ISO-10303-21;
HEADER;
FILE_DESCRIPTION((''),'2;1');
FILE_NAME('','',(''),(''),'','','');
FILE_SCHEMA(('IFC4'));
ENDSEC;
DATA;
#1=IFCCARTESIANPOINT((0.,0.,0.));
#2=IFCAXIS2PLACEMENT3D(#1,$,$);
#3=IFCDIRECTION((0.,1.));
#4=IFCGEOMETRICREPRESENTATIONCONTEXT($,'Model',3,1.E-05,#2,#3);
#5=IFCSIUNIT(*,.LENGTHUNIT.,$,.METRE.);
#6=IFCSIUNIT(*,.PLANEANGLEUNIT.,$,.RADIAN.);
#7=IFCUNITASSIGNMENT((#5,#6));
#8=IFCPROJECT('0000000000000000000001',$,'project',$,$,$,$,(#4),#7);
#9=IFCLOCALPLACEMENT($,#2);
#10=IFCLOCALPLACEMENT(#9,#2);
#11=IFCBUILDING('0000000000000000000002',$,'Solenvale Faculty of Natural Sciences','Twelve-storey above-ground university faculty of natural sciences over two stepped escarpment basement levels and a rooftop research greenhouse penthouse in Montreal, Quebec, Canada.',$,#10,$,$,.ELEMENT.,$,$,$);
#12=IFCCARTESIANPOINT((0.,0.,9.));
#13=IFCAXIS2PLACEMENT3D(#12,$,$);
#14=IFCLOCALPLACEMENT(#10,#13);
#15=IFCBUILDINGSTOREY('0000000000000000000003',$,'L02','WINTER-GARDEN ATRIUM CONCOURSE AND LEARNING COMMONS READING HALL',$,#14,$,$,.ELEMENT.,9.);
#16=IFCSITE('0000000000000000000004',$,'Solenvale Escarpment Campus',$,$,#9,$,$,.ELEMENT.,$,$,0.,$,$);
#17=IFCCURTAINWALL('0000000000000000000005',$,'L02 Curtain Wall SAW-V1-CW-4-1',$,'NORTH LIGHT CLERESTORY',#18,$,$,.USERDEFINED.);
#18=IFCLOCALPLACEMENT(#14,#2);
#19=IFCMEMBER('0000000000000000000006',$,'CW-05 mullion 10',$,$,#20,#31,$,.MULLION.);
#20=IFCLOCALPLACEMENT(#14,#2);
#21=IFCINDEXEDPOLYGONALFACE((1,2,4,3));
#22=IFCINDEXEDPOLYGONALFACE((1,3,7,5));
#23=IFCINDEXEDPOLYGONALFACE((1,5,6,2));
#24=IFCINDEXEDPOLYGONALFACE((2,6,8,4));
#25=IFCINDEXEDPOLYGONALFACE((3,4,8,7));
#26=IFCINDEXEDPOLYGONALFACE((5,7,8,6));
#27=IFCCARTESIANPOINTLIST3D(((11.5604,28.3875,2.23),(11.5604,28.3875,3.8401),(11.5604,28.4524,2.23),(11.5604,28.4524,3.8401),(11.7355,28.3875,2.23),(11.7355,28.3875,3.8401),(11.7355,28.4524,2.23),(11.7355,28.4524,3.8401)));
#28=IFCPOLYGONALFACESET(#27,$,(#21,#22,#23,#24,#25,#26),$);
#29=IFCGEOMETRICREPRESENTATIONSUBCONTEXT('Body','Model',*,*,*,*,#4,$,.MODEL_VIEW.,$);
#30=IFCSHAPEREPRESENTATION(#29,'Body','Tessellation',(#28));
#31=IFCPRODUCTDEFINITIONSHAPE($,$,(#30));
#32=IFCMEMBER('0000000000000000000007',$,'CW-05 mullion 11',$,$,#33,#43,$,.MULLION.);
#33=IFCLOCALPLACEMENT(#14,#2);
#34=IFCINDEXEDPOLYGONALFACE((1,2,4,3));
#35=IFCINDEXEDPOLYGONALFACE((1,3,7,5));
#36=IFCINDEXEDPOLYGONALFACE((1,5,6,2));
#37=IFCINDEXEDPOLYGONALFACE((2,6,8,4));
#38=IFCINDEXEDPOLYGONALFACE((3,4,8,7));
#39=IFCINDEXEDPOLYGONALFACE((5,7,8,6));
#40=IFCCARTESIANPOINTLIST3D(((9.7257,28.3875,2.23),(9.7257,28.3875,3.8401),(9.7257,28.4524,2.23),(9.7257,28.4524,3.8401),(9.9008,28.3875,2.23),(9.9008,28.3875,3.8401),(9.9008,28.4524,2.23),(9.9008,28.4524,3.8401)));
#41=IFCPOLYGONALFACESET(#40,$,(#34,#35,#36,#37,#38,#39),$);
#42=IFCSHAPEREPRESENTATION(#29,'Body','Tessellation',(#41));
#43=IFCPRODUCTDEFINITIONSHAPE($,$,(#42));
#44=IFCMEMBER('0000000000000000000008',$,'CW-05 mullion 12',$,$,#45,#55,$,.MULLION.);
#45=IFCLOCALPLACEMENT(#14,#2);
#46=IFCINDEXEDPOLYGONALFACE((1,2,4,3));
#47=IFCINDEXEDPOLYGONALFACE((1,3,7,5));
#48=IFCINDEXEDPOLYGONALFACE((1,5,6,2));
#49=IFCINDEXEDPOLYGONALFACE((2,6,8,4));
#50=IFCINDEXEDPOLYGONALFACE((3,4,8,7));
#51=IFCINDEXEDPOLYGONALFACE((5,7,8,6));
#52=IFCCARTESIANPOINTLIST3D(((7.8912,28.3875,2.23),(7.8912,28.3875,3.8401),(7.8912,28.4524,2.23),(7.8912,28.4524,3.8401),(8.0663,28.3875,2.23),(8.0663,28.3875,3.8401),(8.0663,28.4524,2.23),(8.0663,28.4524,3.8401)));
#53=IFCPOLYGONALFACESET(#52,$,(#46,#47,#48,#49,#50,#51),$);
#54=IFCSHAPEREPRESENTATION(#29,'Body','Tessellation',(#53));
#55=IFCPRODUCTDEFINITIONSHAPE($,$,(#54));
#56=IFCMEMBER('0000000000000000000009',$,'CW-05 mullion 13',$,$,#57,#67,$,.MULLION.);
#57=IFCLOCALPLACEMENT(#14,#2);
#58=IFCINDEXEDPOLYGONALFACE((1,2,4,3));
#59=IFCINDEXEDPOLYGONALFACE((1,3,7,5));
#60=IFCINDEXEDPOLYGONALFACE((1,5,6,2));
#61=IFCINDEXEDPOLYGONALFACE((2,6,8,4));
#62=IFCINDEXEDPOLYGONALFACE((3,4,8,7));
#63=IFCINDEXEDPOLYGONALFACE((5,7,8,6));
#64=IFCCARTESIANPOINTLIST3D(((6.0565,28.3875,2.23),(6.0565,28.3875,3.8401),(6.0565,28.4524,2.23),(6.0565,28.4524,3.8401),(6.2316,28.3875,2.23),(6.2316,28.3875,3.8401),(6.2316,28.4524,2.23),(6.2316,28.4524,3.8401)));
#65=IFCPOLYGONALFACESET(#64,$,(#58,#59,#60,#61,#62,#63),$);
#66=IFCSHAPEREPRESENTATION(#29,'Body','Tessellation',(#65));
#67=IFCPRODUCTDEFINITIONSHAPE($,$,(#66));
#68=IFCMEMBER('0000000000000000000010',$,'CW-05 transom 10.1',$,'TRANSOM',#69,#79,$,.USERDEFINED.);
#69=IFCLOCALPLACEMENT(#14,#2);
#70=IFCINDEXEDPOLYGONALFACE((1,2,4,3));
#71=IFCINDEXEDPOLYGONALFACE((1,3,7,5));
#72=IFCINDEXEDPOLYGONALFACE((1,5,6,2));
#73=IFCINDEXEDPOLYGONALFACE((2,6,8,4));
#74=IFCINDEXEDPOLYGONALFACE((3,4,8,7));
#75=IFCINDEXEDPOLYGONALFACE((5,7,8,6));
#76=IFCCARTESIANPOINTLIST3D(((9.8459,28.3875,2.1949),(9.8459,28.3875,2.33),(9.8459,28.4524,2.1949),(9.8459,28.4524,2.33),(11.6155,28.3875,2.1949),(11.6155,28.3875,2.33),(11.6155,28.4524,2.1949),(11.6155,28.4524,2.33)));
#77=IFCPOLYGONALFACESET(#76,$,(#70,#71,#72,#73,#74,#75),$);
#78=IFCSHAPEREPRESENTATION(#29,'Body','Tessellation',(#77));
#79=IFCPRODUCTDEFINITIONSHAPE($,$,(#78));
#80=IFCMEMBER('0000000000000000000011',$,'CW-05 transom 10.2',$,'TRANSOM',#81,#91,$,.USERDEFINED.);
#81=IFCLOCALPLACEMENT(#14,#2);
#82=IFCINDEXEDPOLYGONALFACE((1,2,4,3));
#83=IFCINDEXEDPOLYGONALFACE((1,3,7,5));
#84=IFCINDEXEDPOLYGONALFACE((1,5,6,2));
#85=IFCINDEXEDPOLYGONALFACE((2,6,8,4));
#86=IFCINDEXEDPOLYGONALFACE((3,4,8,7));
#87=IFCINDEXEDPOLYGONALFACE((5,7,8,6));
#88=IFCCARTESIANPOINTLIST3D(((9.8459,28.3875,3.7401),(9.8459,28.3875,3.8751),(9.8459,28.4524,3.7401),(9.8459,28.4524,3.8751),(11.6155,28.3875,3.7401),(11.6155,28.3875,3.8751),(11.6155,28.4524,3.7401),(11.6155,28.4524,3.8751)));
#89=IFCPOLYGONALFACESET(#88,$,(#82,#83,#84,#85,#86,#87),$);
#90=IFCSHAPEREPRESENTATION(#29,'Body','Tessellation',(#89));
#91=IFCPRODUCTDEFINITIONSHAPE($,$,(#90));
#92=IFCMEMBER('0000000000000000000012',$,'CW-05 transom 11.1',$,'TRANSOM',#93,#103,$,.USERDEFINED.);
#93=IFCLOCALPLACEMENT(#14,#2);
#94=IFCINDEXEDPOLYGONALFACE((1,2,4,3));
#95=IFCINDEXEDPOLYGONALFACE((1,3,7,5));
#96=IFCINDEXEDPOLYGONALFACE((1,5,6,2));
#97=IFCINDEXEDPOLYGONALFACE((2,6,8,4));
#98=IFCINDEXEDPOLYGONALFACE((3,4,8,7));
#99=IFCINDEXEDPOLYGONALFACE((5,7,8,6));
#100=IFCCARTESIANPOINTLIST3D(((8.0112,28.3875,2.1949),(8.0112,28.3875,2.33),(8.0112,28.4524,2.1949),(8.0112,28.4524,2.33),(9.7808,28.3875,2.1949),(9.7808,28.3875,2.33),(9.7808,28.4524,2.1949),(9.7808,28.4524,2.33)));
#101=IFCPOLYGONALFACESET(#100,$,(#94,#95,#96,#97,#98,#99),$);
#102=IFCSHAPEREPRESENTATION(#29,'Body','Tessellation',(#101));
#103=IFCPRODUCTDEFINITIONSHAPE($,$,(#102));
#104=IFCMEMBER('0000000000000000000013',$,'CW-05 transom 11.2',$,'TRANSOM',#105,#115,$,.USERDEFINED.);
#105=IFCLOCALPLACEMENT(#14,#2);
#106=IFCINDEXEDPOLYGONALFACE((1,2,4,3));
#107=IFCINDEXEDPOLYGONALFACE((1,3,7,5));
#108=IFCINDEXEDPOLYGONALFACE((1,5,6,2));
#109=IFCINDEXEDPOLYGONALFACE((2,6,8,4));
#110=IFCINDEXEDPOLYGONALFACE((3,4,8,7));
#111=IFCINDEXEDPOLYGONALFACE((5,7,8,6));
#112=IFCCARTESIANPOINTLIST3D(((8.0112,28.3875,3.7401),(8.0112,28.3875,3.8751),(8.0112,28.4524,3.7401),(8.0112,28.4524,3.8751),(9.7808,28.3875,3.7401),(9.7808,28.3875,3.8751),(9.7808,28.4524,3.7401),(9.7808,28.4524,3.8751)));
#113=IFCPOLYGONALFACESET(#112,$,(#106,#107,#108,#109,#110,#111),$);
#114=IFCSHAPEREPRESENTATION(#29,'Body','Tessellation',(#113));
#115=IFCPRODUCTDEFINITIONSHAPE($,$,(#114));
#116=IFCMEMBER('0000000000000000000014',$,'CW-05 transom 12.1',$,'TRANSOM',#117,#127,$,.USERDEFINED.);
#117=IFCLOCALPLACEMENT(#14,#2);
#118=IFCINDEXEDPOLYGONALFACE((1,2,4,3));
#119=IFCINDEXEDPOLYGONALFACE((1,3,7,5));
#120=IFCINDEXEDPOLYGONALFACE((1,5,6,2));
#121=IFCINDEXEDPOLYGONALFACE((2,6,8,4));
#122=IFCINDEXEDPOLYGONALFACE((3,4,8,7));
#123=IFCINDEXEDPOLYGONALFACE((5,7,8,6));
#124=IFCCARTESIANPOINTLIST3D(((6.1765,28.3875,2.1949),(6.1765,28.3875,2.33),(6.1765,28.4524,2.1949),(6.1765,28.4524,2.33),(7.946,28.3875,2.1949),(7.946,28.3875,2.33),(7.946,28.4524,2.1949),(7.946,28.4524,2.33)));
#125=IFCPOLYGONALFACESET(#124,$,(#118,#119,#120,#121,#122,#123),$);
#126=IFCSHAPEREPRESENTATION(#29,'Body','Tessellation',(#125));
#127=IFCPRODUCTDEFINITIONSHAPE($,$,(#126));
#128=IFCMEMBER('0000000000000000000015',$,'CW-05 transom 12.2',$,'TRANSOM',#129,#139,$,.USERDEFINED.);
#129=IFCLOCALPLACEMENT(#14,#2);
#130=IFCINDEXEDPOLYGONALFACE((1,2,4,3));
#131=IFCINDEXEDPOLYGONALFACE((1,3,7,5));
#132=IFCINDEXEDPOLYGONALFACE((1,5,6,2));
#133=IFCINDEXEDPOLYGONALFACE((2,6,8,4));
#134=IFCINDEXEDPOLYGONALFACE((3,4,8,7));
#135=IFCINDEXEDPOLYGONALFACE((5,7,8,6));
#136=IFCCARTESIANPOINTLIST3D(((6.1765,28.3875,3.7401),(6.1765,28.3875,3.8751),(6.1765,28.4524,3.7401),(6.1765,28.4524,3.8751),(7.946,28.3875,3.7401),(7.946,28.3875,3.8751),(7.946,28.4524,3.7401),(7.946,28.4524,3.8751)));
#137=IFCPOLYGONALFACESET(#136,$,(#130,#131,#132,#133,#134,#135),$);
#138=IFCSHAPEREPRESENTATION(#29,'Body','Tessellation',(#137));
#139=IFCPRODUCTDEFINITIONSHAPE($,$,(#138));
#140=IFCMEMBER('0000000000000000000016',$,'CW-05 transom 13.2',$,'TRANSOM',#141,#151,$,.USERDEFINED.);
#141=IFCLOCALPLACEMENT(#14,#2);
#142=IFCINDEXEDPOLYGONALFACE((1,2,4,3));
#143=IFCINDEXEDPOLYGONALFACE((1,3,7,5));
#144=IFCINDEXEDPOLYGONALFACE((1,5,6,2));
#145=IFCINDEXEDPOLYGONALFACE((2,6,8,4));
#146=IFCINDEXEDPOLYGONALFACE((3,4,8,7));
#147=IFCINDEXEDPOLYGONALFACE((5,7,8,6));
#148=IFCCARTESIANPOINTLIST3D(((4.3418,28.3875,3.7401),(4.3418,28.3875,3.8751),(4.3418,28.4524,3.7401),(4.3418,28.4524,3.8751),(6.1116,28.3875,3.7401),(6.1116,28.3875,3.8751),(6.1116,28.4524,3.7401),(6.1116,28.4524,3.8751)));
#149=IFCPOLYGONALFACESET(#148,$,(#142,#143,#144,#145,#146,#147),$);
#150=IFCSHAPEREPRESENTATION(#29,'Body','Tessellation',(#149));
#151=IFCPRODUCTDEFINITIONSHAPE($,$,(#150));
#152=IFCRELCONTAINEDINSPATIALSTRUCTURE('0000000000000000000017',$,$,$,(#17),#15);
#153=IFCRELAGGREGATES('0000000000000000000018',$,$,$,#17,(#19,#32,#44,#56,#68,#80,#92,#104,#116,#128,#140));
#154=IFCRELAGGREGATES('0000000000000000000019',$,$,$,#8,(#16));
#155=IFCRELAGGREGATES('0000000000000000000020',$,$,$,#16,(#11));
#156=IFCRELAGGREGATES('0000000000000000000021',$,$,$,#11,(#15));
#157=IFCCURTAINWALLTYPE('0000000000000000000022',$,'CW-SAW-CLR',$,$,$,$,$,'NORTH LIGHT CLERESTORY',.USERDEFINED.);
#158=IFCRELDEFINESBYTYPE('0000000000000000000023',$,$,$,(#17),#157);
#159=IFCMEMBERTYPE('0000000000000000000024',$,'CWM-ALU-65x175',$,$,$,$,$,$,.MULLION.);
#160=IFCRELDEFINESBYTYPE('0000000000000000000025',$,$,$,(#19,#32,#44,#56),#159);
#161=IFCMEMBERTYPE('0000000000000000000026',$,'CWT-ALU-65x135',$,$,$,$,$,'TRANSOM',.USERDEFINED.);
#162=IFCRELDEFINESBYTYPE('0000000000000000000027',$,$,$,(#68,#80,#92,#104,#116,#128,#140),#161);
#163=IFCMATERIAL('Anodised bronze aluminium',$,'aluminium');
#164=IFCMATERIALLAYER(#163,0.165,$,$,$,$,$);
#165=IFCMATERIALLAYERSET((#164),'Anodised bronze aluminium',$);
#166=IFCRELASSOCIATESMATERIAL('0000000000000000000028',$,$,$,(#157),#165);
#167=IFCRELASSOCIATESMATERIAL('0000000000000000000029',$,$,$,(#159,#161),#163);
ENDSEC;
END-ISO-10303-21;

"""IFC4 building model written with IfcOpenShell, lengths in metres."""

from ifc_helpers import new_model, si_unit, direction, frame, origin, origin_2d, place, context, subcontext, project, spatial, rectangle, extrude, material, layer, layer_set, material_profile, profile_set, type_object, element, aggregate, save


model = new_model("IFC4")

# Units and contexts
model_context = context("Model", 3, precision=1e-05, world=origin(), true_north=direction((0.0, 1.0)))
body_context = subcontext(model_context, "Body", "Model", "MODEL_VIEW")
ifc_project = project(units=[si_unit("LENGTHUNIT", "METRE"), si_unit("PLANEANGLEUNIT", "RADIAN")], contexts=[model_context])

# Site, building, storey
site_placement = place(None, origin())
site = spatial("IfcSite", under=ifc_project, at=site_placement, Name="Solenvale Escarpment Campus", CompositionType="ELEMENT", RefElevation=0.0)
building_placement = place(site_placement, origin())
building = spatial("IfcBuilding", under=site, at=building_placement, Name="Solenvale Faculty of Natural Sciences", Description="Twelve-storey above-ground university faculty of natural sciences over two stepped escarpment basement levels and a rooftop research greenhouse penthouse in Montreal, Quebec, Canada.", CompositionType="ELEMENT")
storey_placement = place(building_placement, frame((0.0, 0.0, 9.0)))
storey = spatial("IfcBuildingStorey", under=building, at=storey_placement, Name="L02", Description="WINTER-GARDEN ATRIUM CONCOURSE AND LEARNING COMMONS READING HALL", CompositionType="ELEMENT", Elevation=9.0)

# Curtain wall, members
ifc_material_1 = material(Name="Anodised bronze aluminium", Category="aluminium")
ifc_layer_1 = layer(ifc_material_1, 0.165)
ifc_layer_set_1 = layer_set([ifc_layer_1], Name="Anodised bronze aluminium")
curtain_wall_type = type_object("IfcCurtainWallType", Name="CW-SAW-CLR", ElementType="NORTH LIGHT CLERESTORY", PredefinedType="USERDEFINED", material=ifc_layer_set_1)
curtain_wall_placement = place(storey_placement, origin())
curtain_wall = element("IfcCurtainWall", 1, at=curtain_wall_placement, inside=storey, type_object=curtain_wall_type, Name="L02 Curtain Wall SAW-V1-CW-4-1", ObjectType="NORTH LIGHT CLERESTORY", PredefinedType="USERDEFINED")
ifc_material_profile_1 = material_profile(ifc_material_1, rectangle(XDim=0.0649, YDim=0.175, at=origin_2d()), Name="ALU-MUL-65x175")
ifc_profile_set_1 = profile_set([ifc_material_profile_1], Name="Anodised bronze aluminium")
member_type_1 = type_object("IfcMemberType", Name="CWM-ALU-65x175", PredefinedType="MULLION", material=ifc_profile_set_1)
member_1_placement = place(storey_placement, frame((11.6479, 28.4199, 2.23), z_axis=(0.0, 0.0, 1.0), x_axis=(0.0, -1.0, 0.0)))
member_1 = element("IfcMember", 2, at=member_1_placement, type_object=member_type_1, Name="CW-05 mullion 10", PredefinedType="MULLION", context=body_context, shape_type="SweptSolid", body=[
    extrude(rectangle(XDim=0.0649, YDim=0.175, at=origin_2d()), origin(), (0.0, 0.0, 1.0), 1.6101),
])
member_2_placement = place(storey_placement, frame((9.8132, 28.4199, 2.23), z_axis=(0.0, 0.0, 1.0), x_axis=(0.0, -1.0, 0.0)))
member_2 = element("IfcMember", 3, at=member_2_placement, type_object=member_type_1, Name="CW-05 mullion 11", PredefinedType="MULLION", context=body_context, shape_type="SweptSolid", body=[
    extrude(rectangle(XDim=0.0649, YDim=0.175, at=origin_2d()), origin(), (0.0, 0.0, 1.0), 1.6101),
])
member_3_placement = place(storey_placement, frame((7.9788, 28.4199, 2.23), z_axis=(0.0, 0.0, 1.0), x_axis=(0.0, -1.0, 0.0)))
member_3 = element("IfcMember", 4, at=member_3_placement, type_object=member_type_1, Name="CW-05 mullion 12", PredefinedType="MULLION", context=body_context, shape_type="SweptSolid", body=[
    extrude(rectangle(XDim=0.0649, YDim=0.175, at=origin_2d()), origin(), (0.0, 0.0, 1.0), 1.6101),
])
member_4_placement = place(storey_placement, frame((6.144, 28.4199, 2.23), z_axis=(0.0, 0.0, 1.0), x_axis=(0.0, -1.0, 0.0)))
member_4 = element("IfcMember", 5, at=member_4_placement, type_object=member_type_1, Name="CW-05 mullion 13", PredefinedType="MULLION", context=body_context, shape_type="SweptSolid", body=[
    extrude(rectangle(XDim=0.0649, YDim=0.175, at=origin_2d()), origin(), (0.0, 0.0, 1.0), 1.6101),
])
ifc_material_profile_2 = material_profile(ifc_material_1, rectangle(XDim=0.0649, YDim=0.135, at=origin_2d()), Name="ALU-TRN-65x135")
ifc_profile_set_2 = profile_set([ifc_material_profile_2], Name="Anodised bronze aluminium")
member_type_2 = type_object("IfcMemberType", Name="CWT-ALU-65x135", ElementType="TRANSOM", PredefinedType="USERDEFINED", material=ifc_profile_set_2)
member_5_placement = place(storey_placement, frame((11.6155, 28.4199, 2.2625), z_axis=(-1.0, 0.0, 0.0), x_axis=(0.0, -1.0, 0.0)))
member_5 = element("IfcMember", 6, at=member_5_placement, type_object=member_type_2, Name="CW-05 transom 10.1", ObjectType="TRANSOM", PredefinedType="USERDEFINED", context=body_context, shape_type="SweptSolid", body=[
    extrude(rectangle(XDim=0.0649, YDim=0.135, at=origin_2d()), origin(), (0.0, 0.0, 1.0), 1.7695),
])
member_6_placement = place(storey_placement, frame((11.6155, 28.4199, 3.8076), z_axis=(-1.0, 0.0, 0.0), x_axis=(0.0, -1.0, 0.0)))
member_6 = element("IfcMember", 7, at=member_6_placement, type_object=member_type_2, Name="CW-05 transom 10.2", ObjectType="TRANSOM", PredefinedType="USERDEFINED", context=body_context, shape_type="SweptSolid", body=[
    extrude(rectangle(XDim=0.0649, YDim=0.135, at=origin_2d()), origin(), (0.0, 0.0, 1.0), 1.7695),
])
member_7_placement = place(storey_placement, frame((9.7808, 28.4199, 2.2625), z_axis=(-1.0, 0.0, 0.0), x_axis=(0.0, -1.0, 0.0)))
member_7 = element("IfcMember", 8, at=member_7_placement, type_object=member_type_2, Name="CW-05 transom 11.1", ObjectType="TRANSOM", PredefinedType="USERDEFINED", context=body_context, shape_type="SweptSolid", body=[
    extrude(rectangle(XDim=0.0649, YDim=0.135, at=origin_2d()), origin(), (0.0, 0.0, 1.0), 1.7695),
])
member_8_placement = place(storey_placement, frame((9.7808, 28.4199, 3.8076), z_axis=(-1.0, 0.0, 0.0), x_axis=(0.0, -1.0, 0.0)))
member_8 = element("IfcMember", 9, at=member_8_placement, type_object=member_type_2, Name="CW-05 transom 11.2", ObjectType="TRANSOM", PredefinedType="USERDEFINED", context=body_context, shape_type="SweptSolid", body=[
    extrude(rectangle(XDim=0.0649, YDim=0.135, at=origin_2d()), origin(), (0.0, 0.0, 1.0), 1.7695),
])
member_9_placement = place(storey_placement, frame((7.946, 28.4199, 2.2625), z_axis=(-1.0, 0.0, 0.0), x_axis=(0.0, -1.0, 0.0)))
member_9 = element("IfcMember", 10, at=member_9_placement, type_object=member_type_2, Name="CW-05 transom 12.1", ObjectType="TRANSOM", PredefinedType="USERDEFINED", context=body_context, shape_type="SweptSolid", body=[
    extrude(rectangle(XDim=0.0649, YDim=0.135, at=origin_2d()), origin(), (0.0, 0.0, 1.0), 1.7695),
])
member_10_placement = place(storey_placement, frame((7.946, 28.4199, 3.8076), z_axis=(-1.0, 0.0, 0.0), x_axis=(0.0, -1.0, 0.0)))
member_10 = element("IfcMember", 11, at=member_10_placement, type_object=member_type_2, Name="CW-05 transom 12.2", ObjectType="TRANSOM", PredefinedType="USERDEFINED", context=body_context, shape_type="SweptSolid", body=[
    extrude(rectangle(XDim=0.0649, YDim=0.135, at=origin_2d()), origin(), (0.0, 0.0, 1.0), 1.7695),
])
member_11_placement = place(storey_placement, frame((6.1116, 28.4199, 3.8076), z_axis=(-1.0, 0.0, 0.0), x_axis=(0.0, -1.0, 0.0)))
member_11 = element("IfcMember", 12, at=member_11_placement, type_object=member_type_2, Name="CW-05 transom 13.2", ObjectType="TRANSOM", PredefinedType="USERDEFINED", context=body_context, shape_type="SweptSolid", body=[
    extrude(rectangle(XDim=0.0649, YDim=0.135, at=origin_2d()), origin(), (0.0, 0.0, 1.0), 1.7698),
])

aggregate(curtain_wall, [member_1, member_2, member_3, member_4, member_5, member_6, member_7, member_8, member_9, member_10, member_11])

save(model, "model.ifc")
